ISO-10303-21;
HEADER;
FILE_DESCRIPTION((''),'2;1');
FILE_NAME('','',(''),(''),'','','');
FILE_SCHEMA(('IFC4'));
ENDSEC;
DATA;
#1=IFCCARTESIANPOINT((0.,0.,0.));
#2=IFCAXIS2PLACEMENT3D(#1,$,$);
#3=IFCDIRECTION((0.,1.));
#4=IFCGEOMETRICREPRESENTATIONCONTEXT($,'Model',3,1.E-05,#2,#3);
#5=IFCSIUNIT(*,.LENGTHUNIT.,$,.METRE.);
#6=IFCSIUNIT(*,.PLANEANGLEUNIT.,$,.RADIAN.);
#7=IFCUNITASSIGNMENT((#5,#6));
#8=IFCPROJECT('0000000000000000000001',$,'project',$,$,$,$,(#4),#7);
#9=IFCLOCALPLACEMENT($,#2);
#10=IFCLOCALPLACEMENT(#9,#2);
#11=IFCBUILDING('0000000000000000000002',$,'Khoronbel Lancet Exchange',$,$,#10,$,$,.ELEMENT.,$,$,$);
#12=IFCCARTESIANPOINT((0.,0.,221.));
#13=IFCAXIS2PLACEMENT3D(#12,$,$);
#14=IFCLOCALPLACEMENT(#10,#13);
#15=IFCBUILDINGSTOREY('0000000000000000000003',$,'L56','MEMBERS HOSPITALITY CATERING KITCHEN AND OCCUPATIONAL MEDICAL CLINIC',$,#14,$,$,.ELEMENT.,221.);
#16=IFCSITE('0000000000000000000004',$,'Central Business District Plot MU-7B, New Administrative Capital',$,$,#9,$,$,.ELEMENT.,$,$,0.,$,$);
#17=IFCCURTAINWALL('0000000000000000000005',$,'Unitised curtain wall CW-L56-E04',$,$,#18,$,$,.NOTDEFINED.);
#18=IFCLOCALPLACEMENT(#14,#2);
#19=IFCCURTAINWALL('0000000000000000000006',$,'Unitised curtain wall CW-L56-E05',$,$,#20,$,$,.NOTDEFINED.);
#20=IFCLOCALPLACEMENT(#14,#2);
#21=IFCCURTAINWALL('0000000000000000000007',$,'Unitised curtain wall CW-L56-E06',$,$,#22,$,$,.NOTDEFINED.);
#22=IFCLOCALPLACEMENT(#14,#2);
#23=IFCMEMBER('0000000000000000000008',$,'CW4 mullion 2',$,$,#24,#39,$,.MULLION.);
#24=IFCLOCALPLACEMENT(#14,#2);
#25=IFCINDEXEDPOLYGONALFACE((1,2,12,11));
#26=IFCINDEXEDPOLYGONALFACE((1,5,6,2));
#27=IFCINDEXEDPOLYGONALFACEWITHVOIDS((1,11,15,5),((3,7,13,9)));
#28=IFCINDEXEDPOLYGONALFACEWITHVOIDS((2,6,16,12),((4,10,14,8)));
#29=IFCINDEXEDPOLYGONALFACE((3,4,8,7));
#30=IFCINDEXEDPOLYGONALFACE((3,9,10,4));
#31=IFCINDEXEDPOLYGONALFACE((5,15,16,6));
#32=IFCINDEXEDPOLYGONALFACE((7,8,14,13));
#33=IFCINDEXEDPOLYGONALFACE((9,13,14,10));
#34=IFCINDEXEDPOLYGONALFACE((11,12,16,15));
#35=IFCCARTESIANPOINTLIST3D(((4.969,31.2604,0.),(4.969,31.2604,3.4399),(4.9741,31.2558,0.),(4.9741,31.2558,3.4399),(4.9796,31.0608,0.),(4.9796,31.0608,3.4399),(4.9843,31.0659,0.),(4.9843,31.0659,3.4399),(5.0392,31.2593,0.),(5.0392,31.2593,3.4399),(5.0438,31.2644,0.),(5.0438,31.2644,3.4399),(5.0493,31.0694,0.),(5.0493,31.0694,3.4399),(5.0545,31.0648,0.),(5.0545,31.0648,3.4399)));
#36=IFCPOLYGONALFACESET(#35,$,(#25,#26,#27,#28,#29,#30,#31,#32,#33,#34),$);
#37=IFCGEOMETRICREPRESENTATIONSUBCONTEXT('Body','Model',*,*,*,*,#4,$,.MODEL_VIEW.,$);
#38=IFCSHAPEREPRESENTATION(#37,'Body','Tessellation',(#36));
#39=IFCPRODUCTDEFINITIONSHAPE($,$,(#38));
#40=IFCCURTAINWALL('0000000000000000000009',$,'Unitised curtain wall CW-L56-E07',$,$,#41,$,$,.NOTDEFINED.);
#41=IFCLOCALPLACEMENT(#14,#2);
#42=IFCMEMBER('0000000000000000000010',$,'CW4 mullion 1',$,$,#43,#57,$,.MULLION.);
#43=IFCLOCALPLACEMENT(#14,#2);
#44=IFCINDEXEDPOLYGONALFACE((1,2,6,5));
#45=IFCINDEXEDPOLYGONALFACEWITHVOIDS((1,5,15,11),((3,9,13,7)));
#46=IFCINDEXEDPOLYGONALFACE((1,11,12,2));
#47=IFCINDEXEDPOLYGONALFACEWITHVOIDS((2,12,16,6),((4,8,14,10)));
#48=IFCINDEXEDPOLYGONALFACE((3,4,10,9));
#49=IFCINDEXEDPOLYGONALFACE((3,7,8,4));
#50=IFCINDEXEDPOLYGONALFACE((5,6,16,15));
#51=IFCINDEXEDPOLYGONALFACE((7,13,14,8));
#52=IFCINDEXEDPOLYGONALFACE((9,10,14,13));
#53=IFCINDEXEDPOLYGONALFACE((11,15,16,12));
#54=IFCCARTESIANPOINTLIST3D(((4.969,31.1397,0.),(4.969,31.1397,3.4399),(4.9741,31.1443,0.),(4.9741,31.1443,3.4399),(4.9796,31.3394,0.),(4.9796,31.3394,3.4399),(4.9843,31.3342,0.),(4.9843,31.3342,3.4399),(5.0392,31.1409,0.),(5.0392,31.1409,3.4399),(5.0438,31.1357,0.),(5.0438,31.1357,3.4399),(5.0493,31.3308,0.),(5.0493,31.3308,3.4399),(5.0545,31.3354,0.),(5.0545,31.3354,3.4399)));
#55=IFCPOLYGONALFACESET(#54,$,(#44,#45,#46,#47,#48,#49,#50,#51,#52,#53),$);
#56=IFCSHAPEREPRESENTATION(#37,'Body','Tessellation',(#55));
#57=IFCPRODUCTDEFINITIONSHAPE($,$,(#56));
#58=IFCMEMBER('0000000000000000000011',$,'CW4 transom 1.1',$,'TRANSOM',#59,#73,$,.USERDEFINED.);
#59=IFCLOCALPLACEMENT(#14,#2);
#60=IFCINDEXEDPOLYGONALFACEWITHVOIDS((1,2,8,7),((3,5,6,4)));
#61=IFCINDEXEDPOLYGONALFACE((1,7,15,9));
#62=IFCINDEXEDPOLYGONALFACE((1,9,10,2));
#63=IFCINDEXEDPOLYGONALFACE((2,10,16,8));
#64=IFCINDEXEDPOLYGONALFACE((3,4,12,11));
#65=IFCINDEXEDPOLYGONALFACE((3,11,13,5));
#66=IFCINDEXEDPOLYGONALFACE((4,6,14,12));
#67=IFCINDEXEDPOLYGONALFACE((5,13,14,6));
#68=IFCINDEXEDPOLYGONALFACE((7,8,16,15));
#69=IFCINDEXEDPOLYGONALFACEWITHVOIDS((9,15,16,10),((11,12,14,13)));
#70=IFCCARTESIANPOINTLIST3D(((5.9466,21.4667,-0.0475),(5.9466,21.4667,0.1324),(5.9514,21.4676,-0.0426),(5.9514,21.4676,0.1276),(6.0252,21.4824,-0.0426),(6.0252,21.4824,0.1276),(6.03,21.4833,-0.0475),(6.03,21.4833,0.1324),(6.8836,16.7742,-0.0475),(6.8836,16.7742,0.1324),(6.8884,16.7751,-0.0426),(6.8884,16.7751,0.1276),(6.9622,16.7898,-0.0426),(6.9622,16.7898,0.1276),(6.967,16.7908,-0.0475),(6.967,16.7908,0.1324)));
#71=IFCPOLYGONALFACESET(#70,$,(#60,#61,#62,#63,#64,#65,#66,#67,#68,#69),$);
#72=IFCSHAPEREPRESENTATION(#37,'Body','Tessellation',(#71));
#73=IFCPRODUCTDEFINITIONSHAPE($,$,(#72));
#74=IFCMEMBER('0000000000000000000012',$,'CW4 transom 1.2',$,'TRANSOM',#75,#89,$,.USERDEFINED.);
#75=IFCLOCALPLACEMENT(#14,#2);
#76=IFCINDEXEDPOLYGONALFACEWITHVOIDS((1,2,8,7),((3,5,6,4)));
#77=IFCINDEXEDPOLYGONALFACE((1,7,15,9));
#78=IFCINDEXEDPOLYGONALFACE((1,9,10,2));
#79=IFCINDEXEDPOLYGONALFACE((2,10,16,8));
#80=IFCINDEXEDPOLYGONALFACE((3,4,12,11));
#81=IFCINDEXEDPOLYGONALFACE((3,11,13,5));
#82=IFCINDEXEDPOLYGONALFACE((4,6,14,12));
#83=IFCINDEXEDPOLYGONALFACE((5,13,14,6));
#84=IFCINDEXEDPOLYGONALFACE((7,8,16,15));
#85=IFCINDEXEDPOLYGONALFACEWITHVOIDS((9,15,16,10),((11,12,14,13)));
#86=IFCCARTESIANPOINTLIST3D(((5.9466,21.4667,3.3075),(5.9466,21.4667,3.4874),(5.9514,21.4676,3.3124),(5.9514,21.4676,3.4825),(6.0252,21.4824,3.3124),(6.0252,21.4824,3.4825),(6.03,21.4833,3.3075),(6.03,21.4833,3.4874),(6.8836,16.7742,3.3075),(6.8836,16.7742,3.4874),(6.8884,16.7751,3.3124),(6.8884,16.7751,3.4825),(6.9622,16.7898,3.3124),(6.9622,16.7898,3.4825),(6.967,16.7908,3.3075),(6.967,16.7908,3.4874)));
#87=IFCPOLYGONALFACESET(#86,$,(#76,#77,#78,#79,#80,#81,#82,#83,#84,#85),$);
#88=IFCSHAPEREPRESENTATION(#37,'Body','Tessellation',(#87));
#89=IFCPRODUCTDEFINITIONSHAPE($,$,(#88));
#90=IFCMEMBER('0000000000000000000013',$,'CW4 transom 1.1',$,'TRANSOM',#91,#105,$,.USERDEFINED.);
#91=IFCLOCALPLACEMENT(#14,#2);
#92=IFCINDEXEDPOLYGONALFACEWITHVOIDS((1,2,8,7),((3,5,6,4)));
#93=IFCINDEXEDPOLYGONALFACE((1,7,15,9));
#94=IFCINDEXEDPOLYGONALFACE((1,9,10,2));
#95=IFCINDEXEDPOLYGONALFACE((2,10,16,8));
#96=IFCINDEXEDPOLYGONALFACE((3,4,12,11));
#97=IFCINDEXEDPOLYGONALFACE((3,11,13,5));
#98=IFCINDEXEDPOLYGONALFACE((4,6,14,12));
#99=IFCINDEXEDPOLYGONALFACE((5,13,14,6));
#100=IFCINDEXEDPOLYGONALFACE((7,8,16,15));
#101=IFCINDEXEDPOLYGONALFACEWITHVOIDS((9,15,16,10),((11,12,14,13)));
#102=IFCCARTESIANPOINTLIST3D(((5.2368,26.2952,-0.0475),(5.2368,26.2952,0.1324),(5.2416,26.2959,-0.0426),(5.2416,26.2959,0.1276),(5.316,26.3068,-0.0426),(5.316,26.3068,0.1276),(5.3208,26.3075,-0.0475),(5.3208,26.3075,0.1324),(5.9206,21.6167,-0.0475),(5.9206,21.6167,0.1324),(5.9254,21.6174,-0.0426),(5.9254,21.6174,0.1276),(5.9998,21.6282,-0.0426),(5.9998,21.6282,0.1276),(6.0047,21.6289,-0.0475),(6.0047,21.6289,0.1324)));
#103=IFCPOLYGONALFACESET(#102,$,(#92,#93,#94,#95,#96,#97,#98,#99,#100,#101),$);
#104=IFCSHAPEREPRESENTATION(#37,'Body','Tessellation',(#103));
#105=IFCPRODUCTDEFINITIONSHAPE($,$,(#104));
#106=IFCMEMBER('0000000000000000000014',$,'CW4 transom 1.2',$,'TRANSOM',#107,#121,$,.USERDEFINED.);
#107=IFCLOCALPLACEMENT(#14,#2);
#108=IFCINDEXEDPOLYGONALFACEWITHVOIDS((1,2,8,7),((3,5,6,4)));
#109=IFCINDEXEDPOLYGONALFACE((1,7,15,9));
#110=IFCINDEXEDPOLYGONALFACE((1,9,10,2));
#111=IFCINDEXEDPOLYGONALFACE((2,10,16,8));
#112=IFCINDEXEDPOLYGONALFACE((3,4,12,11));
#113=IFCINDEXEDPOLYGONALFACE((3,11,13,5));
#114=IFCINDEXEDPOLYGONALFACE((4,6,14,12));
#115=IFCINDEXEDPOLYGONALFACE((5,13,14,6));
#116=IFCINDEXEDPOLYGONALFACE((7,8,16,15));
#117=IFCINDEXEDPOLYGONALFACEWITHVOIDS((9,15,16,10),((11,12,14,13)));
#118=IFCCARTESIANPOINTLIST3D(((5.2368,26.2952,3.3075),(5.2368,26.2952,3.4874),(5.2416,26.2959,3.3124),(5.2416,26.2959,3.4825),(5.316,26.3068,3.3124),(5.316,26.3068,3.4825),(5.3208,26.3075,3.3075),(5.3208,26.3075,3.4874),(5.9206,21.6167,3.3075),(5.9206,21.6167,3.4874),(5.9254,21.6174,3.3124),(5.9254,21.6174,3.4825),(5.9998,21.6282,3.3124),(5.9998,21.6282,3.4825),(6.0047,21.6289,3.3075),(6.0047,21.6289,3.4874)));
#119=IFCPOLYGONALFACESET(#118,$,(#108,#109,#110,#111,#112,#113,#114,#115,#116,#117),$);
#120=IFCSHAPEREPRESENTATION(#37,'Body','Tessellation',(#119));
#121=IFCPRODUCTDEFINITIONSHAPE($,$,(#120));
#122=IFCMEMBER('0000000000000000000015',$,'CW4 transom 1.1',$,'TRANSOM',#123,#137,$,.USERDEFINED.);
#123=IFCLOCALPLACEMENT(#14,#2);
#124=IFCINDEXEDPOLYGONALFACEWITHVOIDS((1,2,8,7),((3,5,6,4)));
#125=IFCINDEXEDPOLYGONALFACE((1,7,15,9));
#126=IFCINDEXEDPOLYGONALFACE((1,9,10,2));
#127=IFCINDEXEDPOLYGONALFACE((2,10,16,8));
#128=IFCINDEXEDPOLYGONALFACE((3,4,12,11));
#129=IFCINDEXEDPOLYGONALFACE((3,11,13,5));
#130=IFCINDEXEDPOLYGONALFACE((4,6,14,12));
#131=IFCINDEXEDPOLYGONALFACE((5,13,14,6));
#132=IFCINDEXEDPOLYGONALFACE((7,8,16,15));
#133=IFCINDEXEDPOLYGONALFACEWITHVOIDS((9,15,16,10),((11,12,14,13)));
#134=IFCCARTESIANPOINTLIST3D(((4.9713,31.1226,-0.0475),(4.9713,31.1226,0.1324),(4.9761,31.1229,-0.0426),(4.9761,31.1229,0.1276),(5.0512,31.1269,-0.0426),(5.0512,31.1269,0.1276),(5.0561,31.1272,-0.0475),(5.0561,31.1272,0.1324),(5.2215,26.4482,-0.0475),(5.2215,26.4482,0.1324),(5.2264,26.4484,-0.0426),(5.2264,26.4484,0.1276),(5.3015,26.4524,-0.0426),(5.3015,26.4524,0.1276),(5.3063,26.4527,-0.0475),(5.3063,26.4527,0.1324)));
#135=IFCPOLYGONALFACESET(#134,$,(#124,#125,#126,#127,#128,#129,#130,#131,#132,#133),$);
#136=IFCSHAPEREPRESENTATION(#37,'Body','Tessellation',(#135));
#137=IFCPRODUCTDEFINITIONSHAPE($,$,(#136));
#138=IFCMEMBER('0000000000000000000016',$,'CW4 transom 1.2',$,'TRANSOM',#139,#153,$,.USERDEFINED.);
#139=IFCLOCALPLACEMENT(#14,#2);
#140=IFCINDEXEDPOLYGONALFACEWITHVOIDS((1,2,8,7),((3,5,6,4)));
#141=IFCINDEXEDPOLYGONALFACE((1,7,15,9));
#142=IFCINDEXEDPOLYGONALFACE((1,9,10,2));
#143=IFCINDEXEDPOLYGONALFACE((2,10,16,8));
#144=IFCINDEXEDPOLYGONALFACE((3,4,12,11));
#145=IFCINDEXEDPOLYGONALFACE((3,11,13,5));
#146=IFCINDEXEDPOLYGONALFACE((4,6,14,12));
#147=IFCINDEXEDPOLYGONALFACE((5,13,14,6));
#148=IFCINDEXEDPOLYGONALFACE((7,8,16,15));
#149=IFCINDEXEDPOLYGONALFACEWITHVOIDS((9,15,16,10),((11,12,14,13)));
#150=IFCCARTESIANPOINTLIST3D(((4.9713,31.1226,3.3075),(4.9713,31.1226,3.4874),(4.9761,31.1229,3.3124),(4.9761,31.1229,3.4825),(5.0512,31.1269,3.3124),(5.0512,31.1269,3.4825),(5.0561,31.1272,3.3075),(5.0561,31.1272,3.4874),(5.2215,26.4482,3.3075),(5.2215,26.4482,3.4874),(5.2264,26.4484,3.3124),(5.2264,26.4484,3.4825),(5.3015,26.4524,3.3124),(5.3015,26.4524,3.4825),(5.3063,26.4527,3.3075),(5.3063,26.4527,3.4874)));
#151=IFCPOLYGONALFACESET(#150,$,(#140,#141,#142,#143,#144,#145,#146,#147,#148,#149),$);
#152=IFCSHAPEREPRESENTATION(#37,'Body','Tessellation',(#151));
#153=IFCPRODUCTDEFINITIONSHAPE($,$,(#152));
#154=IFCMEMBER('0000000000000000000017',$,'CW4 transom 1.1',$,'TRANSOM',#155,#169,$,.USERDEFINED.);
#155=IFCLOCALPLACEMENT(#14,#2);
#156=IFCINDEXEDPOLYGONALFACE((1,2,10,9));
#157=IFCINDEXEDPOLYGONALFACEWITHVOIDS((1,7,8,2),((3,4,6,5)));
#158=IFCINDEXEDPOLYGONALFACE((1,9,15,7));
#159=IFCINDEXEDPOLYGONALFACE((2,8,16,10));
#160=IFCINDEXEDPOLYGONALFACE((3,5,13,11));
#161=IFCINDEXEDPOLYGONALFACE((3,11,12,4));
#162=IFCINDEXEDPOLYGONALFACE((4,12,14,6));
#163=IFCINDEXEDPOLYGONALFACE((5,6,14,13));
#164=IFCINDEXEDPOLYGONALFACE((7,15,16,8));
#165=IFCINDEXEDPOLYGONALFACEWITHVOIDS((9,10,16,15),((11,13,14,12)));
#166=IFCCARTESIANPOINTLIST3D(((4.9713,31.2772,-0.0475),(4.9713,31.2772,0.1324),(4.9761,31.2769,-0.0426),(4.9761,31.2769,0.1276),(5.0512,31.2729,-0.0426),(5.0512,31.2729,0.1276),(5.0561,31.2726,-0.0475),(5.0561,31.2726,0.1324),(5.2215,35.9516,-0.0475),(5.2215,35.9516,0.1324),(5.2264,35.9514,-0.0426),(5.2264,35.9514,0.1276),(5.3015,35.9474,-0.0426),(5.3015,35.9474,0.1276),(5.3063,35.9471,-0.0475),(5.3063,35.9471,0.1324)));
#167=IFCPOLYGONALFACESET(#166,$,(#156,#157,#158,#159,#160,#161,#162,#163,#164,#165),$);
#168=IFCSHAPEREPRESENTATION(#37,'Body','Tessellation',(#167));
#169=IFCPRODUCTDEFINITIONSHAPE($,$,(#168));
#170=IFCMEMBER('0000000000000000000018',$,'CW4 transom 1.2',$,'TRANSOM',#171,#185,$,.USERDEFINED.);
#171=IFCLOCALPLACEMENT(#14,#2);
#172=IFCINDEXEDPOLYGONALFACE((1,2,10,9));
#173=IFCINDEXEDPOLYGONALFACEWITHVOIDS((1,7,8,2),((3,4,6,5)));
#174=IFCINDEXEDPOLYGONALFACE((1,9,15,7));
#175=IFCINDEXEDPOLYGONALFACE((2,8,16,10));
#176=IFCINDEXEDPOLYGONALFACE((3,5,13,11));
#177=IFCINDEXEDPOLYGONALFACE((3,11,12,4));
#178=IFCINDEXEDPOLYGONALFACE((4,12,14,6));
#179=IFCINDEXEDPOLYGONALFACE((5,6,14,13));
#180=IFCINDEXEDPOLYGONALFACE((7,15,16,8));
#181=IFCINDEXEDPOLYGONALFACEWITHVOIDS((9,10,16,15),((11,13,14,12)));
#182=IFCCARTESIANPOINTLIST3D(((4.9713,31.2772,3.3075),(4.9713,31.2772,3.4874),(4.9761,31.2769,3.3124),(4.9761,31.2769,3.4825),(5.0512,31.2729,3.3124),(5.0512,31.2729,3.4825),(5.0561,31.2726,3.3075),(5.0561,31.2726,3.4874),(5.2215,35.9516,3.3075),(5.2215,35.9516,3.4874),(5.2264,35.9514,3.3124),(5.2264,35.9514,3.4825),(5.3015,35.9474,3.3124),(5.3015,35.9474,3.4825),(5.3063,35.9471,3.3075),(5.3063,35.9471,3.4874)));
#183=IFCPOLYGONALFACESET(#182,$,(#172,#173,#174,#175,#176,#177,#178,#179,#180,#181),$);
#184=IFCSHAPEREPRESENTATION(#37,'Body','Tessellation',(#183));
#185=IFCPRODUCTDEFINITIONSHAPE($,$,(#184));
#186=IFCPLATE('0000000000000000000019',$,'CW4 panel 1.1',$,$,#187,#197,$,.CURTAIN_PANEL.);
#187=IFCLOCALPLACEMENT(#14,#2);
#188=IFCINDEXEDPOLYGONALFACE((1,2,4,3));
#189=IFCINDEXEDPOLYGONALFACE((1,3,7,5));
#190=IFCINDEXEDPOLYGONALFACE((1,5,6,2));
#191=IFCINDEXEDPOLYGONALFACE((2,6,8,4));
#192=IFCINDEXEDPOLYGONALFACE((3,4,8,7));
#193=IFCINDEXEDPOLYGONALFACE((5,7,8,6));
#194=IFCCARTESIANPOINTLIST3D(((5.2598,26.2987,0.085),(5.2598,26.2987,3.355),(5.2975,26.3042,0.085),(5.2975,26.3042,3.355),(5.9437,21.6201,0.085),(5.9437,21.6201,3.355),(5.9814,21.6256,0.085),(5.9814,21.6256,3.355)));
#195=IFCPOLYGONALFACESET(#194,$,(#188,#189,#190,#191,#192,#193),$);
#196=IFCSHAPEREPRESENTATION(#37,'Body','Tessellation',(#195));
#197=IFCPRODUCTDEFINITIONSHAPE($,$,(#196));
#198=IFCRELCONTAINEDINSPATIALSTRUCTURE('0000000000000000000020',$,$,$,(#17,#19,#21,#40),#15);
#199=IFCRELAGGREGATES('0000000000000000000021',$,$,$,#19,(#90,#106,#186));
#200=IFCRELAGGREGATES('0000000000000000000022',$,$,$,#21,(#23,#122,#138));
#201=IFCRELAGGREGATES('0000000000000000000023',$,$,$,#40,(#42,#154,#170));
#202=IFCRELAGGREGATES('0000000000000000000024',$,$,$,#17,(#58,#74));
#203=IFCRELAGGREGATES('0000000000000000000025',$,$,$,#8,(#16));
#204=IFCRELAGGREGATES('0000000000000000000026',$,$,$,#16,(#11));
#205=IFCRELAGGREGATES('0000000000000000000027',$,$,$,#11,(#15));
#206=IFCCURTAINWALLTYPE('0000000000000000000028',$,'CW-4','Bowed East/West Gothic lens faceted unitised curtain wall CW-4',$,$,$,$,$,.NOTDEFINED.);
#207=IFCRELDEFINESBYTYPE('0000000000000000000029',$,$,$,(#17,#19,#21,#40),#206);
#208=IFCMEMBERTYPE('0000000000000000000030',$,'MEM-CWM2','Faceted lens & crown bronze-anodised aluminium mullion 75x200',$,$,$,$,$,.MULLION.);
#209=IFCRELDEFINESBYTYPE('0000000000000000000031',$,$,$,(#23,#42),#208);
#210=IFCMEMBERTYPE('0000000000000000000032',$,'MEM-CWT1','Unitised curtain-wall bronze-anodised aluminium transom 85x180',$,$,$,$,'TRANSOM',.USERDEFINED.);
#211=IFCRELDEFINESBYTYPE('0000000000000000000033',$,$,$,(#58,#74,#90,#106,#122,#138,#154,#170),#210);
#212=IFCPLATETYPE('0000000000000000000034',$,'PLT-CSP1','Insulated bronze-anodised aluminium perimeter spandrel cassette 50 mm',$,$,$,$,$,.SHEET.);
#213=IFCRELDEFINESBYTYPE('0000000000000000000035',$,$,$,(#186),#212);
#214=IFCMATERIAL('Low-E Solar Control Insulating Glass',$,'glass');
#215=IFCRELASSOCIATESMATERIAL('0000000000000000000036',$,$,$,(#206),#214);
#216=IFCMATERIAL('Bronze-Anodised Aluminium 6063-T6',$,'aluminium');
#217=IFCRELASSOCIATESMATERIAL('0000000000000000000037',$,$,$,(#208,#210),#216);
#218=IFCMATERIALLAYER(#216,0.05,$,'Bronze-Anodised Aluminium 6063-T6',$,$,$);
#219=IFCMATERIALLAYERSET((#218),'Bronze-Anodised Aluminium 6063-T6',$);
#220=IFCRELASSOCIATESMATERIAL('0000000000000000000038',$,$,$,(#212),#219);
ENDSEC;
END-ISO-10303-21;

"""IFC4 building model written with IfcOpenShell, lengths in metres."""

from ifc_helpers import new_model, si_unit, direction, frame, origin, origin_2d, place, context, subcontext, project, spatial, rectangle, hollow_rectangle, extrude, material, layer, layer_set, material_profile, profile_set, type_object, element, aggregate, save


model = new_model("IFC4")

# Units and contexts
model_context = context("Model", 3, precision=1e-05, world=origin(), true_north=direction((0.0, 1.0)))
body_context = subcontext(model_context, "Body", "Model", "MODEL_VIEW")
ifc_project = project(units=[si_unit("LENGTHUNIT", "METRE"), si_unit("PLANEANGLEUNIT", "RADIAN")], contexts=[model_context])

# Site, building, storey
site_placement = place(None, origin())
site = spatial("IfcSite", under=ifc_project, at=site_placement, Name="Central Business District Plot MU-7B, New Administrative Capital", CompositionType="ELEMENT", RefElevation=0.0)
building_placement = place(site_placement, origin())
building = spatial("IfcBuilding", under=site, at=building_placement, Name="Khoronbel Lancet Exchange", CompositionType="ELEMENT")
storey_placement = place(building_placement, frame((0.0, 0.0, 221.0)))
storey = spatial("IfcBuildingStorey", under=building, at=storey_placement, Name="L56", Description="MEMBERS HOSPITALITY CATERING KITCHEN AND OCCUPATIONAL MEDICAL CLINIC", CompositionType="ELEMENT", Elevation=221.0)

# Curtain walls, member
ifc_material_1 = material(Name="Low-E Solar Control Insulating Glass", Category="glass")
curtain_wall_type = type_object("IfcCurtainWallType", Name="CW-4", Description="Bowed East/West Gothic lens faceted unitised curtain wall CW-4", PredefinedType="NOTDEFINED", material=ifc_material_1)
curtain_wall_1_placement = place(storey_placement, origin())
curtain_wall_1 = element("IfcCurtainWall", 1, at=curtain_wall_1_placement, inside=storey, type_object=curtain_wall_type, Name="Unitised curtain wall CW-L56-E04", PredefinedType="NOTDEFINED")
ifc_material_2 = material(Name="Bronze-Anodised Aluminium 6063-T6", Category="aluminium")
ifc_material_profile_1 = material_profile(ifc_material_2, hollow_rectangle(XDim=0.075, YDim=0.2, WallThickness=0.0049, at=origin_2d()), Name="ALU MULLION 75x200")
ifc_profile_set_1 = profile_set([ifc_material_profile_1], Name="Bronze-Anodised Aluminium 6063-T6")
member_type_1 = type_object("IfcMemberType", Name="MEM-CWM2", Description="Faceted lens & crown bronze-anodised aluminium mullion 75x200", PredefinedType="MULLION", material=ifc_profile_set_1)
curtain_wall_2_placement = place(storey_placement, origin())
curtain_wall_2 = element("IfcCurtainWall", 2, at=curtain_wall_2_placement, inside=storey, type_object=curtain_wall_type, Name="Unitised curtain wall CW-L56-E05", PredefinedType="NOTDEFINED")
curtain_wall_3_placement = place(storey_placement, origin())
curtain_wall_3 = element("IfcCurtainWall", 3, at=curtain_wall_3_placement, inside=storey, type_object=curtain_wall_type, Name="Unitised curtain wall CW-L56-E06", PredefinedType="NOTDEFINED")
member_1_placement = place(storey_placement, frame((5.0117, 31.1626, 0.0), z_axis=(0.0, 0.0, 1.0), x_axis=(-0.998571, -0.053443, 0.0)))
member_1 = element("IfcMember", 4, at=member_1_placement, type_object=member_type_1, Name="CW4 mullion 2", PredefinedType="MULLION", context=body_context, shape_type="SweptSolid", body=[
    extrude(hollow_rectangle(XDim=0.075, YDim=0.2, WallThickness=0.0049, at=origin_2d()), origin(), (0.0, 0.0, 1.0), 3.4399),
])

# Curtain wall, member
curtain_wall_4_placement = place(storey_placement, origin())
curtain_wall_4 = element("IfcCurtainWall", 5, at=curtain_wall_4_placement, inside=storey, type_object=curtain_wall_type, Name="Unitised curtain wall CW-L56-E07", PredefinedType="NOTDEFINED")
member_2_placement = place(storey_placement, frame((5.0117, 31.2375, 0.0), z_axis=(0.0, 0.0, 1.0), x_axis=(-0.998571, 0.053443, 0.0)))
member_2 = element("IfcMember", 6, at=member_2_placement, type_object=member_type_1, Name="CW4 mullion 1", PredefinedType="MULLION", context=body_context, shape_type="SweptSolid", body=[
    extrude(hollow_rectangle(XDim=0.075, YDim=0.2, WallThickness=0.0049, at=origin_2d()), origin(), (0.0, 0.0, 1.0), 3.4399),
])

# Members
ifc_material_profile_2 = material_profile(ifc_material_2, hollow_rectangle(XDim=0.085, YDim=0.1799, WallThickness=0.0049, at=origin_2d()), Name="ALU TRANSOM 85x180")
ifc_profile_set_2 = profile_set([ifc_material_profile_2], Name="Bronze-Anodised Aluminium 6063-T6")
member_type_2 = type_object("IfcMemberType", Name="MEM-CWT1", Description="Unitised curtain-wall bronze-anodised aluminium transom 85x180", ElementType="TRANSOM", PredefinedType="USERDEFINED", material=ifc_profile_set_2)
member_3_placement = place(storey_placement, frame((6.9253, 16.7825, 0.0425), z_axis=(-0.195812, 0.980641, 0.0), x_axis=(-0.980641, -0.195812, 0.0)))
member_3 = element("IfcMember", 7, at=member_3_placement, type_object=member_type_2, Name="CW4 transom 1.1", ObjectType="TRANSOM", PredefinedType="USERDEFINED", context=body_context, shape_type="SweptSolid", body=[
    extrude(hollow_rectangle(XDim=0.085, YDim=0.1799, WallThickness=0.0049, at=origin_2d()), origin(), (0.0, 0.0, 1.0), 4.7852),
])
member_4_placement = place(storey_placement, frame((6.9253, 16.7825, 3.3975), z_axis=(-0.195812, 0.980641, 0.0), x_axis=(-0.980641, -0.195812, 0.0)))
member_4 = element("IfcMember", 8, at=member_4_placement, type_object=member_type_2, Name="CW4 transom 1.2", ObjectType="TRANSOM", PredefinedType="USERDEFINED", context=body_context, shape_type="SweptSolid", body=[
    extrude(hollow_rectangle(XDim=0.085, YDim=0.1799, WallThickness=0.0049, at=origin_2d()), origin(), (0.0, 0.0, 1.0), 4.7852),
])
member_5_placement = place(storey_placement, frame((5.9626, 21.6228, 0.0425), z_axis=(-0.14463, 0.989486, 0.0), x_axis=(-0.989486, -0.14463, 0.0)))
member_5 = element("IfcMember", 9, at=member_5_placement, type_object=member_type_2, Name="CW4 transom 1.1", ObjectType="TRANSOM", PredefinedType="USERDEFINED", context=body_context, shape_type="SweptSolid", body=[
    extrude(hollow_rectangle(XDim=0.085, YDim=0.1799, WallThickness=0.0049, at=origin_2d()), origin(), (0.0, 0.0, 1.0), 4.7283),
])
member_6_placement = place(storey_placement, frame((5.9626, 21.6228, 3.3975), z_axis=(-0.14463, 0.989486, 0.0), x_axis=(-0.989486, -0.14463, 0.0)))
member_6 = element("IfcMember", 10, at=member_6_placement, type_object=member_type_2, Name="CW4 transom 1.2", ObjectType="TRANSOM", PredefinedType="USERDEFINED", context=body_context, shape_type="SweptSolid", body=[
    extrude(hollow_rectangle(XDim=0.085, YDim=0.1799, WallThickness=0.0049, at=origin_2d()), origin(), (0.0, 0.0, 1.0), 4.7283),
])
member_7_placement = place(storey_placement, frame((5.2639, 26.4504, 0.0425), z_axis=(-0.053457, 0.99857, 0.0), x_axis=(-0.99857, -0.053457, 0.0)))
member_7 = element("IfcMember", 11, at=member_7_placement, type_object=member_type_2, Name="CW4 transom 1.1", ObjectType="TRANSOM", PredefinedType="USERDEFINED", context=body_context, shape_type="SweptSolid", body=[
    extrude(hollow_rectangle(XDim=0.085, YDim=0.1799, WallThickness=0.0049, at=origin_2d()), origin(), (0.0, 0.0, 1.0), 4.6812),
])
member_8_placement = place(storey_placement, frame((5.2639, 26.4504, 3.3975), z_axis=(-0.053457, 0.99857, 0.0), x_axis=(-0.99857, -0.053457, 0.0)))
member_8 = element("IfcMember", 12, at=member_8_placement, type_object=member_type_2, Name="CW4 transom 1.2", ObjectType="TRANSOM", PredefinedType="USERDEFINED", context=body_context, shape_type="SweptSolid", body=[
    extrude(hollow_rectangle(XDim=0.085, YDim=0.1799, WallThickness=0.0049, at=origin_2d()), origin(), (0.0, 0.0, 1.0), 4.6812),
])
member_9_placement = place(storey_placement, frame((5.0137, 31.2749, 0.0425), z_axis=(0.053457, 0.99857, 0.0), x_axis=(-0.99857, 0.053457, 0.0)))
member_9 = element("IfcMember", 13, at=member_9_placement, type_object=member_type_2, Name="CW4 transom 1.1", ObjectType="TRANSOM", PredefinedType="USERDEFINED", context=body_context, shape_type="SweptSolid", body=[
    extrude(hollow_rectangle(XDim=0.085, YDim=0.1799, WallThickness=0.0049, at=origin_2d()), origin(), (0.0, 0.0, 1.0), 4.6812),
])
member_10_placement = place(storey_placement, frame((5.0137, 31.2749, 3.3975), z_axis=(0.053457, 0.99857, 0.0), x_axis=(-0.99857, 0.053457, 0.0)))
member_10 = element("IfcMember", 14, at=member_10_placement, type_object=member_type_2, Name="CW4 transom 1.2", ObjectType="TRANSOM", PredefinedType="USERDEFINED", context=body_context, shape_type="SweptSolid", body=[
    extrude(hollow_rectangle(XDim=0.085, YDim=0.1799, WallThickness=0.0049, at=origin_2d()), origin(), (0.0, 0.0, 1.0), 4.6812),
])

# Plate
ifc_layer_1 = layer(ifc_material_2, 0.05, Name="Bronze-Anodised Aluminium 6063-T6")
ifc_layer_set_1 = layer_set([ifc_layer_1], Name="Bronze-Anodised Aluminium 6063-T6")
plate_type_1 = type_object("IfcPlateType", Name="PLT-CSP1", Description="Insulated bronze-anodised aluminium perimeter spandrel cassette 50 mm", PredefinedType="SHEET", material=ifc_layer_set_1)
plate_1_placement = place(storey_placement, frame((5.6206, 23.9622, 0.085), z_axis=(0.0, 0.0, 1.0), x_axis=(-0.144641, 0.989484, 0.0)))
plate_1 = element("IfcPlate", 15, at=plate_1_placement, type_object=plate_type_1, Name="CW4 panel 1.1", PredefinedType="CURTAIN_PANEL", context=body_context, shape_type="SweptSolid", body=[
    extrude(rectangle(XDim=4.7283, YDim=0.0381, at=origin_2d()), origin(), (0.0, 0.0, 1.0), 3.27),
])
aggregate(curtain_wall_2, [member_5, member_6, plate_1])
aggregate(curtain_wall_3, [member_1, member_7, member_8])
aggregate(curtain_wall_4, [member_2, member_9, member_10])
aggregate(curtain_wall_1, [member_3, member_4])

save(model, "model.ifc")
